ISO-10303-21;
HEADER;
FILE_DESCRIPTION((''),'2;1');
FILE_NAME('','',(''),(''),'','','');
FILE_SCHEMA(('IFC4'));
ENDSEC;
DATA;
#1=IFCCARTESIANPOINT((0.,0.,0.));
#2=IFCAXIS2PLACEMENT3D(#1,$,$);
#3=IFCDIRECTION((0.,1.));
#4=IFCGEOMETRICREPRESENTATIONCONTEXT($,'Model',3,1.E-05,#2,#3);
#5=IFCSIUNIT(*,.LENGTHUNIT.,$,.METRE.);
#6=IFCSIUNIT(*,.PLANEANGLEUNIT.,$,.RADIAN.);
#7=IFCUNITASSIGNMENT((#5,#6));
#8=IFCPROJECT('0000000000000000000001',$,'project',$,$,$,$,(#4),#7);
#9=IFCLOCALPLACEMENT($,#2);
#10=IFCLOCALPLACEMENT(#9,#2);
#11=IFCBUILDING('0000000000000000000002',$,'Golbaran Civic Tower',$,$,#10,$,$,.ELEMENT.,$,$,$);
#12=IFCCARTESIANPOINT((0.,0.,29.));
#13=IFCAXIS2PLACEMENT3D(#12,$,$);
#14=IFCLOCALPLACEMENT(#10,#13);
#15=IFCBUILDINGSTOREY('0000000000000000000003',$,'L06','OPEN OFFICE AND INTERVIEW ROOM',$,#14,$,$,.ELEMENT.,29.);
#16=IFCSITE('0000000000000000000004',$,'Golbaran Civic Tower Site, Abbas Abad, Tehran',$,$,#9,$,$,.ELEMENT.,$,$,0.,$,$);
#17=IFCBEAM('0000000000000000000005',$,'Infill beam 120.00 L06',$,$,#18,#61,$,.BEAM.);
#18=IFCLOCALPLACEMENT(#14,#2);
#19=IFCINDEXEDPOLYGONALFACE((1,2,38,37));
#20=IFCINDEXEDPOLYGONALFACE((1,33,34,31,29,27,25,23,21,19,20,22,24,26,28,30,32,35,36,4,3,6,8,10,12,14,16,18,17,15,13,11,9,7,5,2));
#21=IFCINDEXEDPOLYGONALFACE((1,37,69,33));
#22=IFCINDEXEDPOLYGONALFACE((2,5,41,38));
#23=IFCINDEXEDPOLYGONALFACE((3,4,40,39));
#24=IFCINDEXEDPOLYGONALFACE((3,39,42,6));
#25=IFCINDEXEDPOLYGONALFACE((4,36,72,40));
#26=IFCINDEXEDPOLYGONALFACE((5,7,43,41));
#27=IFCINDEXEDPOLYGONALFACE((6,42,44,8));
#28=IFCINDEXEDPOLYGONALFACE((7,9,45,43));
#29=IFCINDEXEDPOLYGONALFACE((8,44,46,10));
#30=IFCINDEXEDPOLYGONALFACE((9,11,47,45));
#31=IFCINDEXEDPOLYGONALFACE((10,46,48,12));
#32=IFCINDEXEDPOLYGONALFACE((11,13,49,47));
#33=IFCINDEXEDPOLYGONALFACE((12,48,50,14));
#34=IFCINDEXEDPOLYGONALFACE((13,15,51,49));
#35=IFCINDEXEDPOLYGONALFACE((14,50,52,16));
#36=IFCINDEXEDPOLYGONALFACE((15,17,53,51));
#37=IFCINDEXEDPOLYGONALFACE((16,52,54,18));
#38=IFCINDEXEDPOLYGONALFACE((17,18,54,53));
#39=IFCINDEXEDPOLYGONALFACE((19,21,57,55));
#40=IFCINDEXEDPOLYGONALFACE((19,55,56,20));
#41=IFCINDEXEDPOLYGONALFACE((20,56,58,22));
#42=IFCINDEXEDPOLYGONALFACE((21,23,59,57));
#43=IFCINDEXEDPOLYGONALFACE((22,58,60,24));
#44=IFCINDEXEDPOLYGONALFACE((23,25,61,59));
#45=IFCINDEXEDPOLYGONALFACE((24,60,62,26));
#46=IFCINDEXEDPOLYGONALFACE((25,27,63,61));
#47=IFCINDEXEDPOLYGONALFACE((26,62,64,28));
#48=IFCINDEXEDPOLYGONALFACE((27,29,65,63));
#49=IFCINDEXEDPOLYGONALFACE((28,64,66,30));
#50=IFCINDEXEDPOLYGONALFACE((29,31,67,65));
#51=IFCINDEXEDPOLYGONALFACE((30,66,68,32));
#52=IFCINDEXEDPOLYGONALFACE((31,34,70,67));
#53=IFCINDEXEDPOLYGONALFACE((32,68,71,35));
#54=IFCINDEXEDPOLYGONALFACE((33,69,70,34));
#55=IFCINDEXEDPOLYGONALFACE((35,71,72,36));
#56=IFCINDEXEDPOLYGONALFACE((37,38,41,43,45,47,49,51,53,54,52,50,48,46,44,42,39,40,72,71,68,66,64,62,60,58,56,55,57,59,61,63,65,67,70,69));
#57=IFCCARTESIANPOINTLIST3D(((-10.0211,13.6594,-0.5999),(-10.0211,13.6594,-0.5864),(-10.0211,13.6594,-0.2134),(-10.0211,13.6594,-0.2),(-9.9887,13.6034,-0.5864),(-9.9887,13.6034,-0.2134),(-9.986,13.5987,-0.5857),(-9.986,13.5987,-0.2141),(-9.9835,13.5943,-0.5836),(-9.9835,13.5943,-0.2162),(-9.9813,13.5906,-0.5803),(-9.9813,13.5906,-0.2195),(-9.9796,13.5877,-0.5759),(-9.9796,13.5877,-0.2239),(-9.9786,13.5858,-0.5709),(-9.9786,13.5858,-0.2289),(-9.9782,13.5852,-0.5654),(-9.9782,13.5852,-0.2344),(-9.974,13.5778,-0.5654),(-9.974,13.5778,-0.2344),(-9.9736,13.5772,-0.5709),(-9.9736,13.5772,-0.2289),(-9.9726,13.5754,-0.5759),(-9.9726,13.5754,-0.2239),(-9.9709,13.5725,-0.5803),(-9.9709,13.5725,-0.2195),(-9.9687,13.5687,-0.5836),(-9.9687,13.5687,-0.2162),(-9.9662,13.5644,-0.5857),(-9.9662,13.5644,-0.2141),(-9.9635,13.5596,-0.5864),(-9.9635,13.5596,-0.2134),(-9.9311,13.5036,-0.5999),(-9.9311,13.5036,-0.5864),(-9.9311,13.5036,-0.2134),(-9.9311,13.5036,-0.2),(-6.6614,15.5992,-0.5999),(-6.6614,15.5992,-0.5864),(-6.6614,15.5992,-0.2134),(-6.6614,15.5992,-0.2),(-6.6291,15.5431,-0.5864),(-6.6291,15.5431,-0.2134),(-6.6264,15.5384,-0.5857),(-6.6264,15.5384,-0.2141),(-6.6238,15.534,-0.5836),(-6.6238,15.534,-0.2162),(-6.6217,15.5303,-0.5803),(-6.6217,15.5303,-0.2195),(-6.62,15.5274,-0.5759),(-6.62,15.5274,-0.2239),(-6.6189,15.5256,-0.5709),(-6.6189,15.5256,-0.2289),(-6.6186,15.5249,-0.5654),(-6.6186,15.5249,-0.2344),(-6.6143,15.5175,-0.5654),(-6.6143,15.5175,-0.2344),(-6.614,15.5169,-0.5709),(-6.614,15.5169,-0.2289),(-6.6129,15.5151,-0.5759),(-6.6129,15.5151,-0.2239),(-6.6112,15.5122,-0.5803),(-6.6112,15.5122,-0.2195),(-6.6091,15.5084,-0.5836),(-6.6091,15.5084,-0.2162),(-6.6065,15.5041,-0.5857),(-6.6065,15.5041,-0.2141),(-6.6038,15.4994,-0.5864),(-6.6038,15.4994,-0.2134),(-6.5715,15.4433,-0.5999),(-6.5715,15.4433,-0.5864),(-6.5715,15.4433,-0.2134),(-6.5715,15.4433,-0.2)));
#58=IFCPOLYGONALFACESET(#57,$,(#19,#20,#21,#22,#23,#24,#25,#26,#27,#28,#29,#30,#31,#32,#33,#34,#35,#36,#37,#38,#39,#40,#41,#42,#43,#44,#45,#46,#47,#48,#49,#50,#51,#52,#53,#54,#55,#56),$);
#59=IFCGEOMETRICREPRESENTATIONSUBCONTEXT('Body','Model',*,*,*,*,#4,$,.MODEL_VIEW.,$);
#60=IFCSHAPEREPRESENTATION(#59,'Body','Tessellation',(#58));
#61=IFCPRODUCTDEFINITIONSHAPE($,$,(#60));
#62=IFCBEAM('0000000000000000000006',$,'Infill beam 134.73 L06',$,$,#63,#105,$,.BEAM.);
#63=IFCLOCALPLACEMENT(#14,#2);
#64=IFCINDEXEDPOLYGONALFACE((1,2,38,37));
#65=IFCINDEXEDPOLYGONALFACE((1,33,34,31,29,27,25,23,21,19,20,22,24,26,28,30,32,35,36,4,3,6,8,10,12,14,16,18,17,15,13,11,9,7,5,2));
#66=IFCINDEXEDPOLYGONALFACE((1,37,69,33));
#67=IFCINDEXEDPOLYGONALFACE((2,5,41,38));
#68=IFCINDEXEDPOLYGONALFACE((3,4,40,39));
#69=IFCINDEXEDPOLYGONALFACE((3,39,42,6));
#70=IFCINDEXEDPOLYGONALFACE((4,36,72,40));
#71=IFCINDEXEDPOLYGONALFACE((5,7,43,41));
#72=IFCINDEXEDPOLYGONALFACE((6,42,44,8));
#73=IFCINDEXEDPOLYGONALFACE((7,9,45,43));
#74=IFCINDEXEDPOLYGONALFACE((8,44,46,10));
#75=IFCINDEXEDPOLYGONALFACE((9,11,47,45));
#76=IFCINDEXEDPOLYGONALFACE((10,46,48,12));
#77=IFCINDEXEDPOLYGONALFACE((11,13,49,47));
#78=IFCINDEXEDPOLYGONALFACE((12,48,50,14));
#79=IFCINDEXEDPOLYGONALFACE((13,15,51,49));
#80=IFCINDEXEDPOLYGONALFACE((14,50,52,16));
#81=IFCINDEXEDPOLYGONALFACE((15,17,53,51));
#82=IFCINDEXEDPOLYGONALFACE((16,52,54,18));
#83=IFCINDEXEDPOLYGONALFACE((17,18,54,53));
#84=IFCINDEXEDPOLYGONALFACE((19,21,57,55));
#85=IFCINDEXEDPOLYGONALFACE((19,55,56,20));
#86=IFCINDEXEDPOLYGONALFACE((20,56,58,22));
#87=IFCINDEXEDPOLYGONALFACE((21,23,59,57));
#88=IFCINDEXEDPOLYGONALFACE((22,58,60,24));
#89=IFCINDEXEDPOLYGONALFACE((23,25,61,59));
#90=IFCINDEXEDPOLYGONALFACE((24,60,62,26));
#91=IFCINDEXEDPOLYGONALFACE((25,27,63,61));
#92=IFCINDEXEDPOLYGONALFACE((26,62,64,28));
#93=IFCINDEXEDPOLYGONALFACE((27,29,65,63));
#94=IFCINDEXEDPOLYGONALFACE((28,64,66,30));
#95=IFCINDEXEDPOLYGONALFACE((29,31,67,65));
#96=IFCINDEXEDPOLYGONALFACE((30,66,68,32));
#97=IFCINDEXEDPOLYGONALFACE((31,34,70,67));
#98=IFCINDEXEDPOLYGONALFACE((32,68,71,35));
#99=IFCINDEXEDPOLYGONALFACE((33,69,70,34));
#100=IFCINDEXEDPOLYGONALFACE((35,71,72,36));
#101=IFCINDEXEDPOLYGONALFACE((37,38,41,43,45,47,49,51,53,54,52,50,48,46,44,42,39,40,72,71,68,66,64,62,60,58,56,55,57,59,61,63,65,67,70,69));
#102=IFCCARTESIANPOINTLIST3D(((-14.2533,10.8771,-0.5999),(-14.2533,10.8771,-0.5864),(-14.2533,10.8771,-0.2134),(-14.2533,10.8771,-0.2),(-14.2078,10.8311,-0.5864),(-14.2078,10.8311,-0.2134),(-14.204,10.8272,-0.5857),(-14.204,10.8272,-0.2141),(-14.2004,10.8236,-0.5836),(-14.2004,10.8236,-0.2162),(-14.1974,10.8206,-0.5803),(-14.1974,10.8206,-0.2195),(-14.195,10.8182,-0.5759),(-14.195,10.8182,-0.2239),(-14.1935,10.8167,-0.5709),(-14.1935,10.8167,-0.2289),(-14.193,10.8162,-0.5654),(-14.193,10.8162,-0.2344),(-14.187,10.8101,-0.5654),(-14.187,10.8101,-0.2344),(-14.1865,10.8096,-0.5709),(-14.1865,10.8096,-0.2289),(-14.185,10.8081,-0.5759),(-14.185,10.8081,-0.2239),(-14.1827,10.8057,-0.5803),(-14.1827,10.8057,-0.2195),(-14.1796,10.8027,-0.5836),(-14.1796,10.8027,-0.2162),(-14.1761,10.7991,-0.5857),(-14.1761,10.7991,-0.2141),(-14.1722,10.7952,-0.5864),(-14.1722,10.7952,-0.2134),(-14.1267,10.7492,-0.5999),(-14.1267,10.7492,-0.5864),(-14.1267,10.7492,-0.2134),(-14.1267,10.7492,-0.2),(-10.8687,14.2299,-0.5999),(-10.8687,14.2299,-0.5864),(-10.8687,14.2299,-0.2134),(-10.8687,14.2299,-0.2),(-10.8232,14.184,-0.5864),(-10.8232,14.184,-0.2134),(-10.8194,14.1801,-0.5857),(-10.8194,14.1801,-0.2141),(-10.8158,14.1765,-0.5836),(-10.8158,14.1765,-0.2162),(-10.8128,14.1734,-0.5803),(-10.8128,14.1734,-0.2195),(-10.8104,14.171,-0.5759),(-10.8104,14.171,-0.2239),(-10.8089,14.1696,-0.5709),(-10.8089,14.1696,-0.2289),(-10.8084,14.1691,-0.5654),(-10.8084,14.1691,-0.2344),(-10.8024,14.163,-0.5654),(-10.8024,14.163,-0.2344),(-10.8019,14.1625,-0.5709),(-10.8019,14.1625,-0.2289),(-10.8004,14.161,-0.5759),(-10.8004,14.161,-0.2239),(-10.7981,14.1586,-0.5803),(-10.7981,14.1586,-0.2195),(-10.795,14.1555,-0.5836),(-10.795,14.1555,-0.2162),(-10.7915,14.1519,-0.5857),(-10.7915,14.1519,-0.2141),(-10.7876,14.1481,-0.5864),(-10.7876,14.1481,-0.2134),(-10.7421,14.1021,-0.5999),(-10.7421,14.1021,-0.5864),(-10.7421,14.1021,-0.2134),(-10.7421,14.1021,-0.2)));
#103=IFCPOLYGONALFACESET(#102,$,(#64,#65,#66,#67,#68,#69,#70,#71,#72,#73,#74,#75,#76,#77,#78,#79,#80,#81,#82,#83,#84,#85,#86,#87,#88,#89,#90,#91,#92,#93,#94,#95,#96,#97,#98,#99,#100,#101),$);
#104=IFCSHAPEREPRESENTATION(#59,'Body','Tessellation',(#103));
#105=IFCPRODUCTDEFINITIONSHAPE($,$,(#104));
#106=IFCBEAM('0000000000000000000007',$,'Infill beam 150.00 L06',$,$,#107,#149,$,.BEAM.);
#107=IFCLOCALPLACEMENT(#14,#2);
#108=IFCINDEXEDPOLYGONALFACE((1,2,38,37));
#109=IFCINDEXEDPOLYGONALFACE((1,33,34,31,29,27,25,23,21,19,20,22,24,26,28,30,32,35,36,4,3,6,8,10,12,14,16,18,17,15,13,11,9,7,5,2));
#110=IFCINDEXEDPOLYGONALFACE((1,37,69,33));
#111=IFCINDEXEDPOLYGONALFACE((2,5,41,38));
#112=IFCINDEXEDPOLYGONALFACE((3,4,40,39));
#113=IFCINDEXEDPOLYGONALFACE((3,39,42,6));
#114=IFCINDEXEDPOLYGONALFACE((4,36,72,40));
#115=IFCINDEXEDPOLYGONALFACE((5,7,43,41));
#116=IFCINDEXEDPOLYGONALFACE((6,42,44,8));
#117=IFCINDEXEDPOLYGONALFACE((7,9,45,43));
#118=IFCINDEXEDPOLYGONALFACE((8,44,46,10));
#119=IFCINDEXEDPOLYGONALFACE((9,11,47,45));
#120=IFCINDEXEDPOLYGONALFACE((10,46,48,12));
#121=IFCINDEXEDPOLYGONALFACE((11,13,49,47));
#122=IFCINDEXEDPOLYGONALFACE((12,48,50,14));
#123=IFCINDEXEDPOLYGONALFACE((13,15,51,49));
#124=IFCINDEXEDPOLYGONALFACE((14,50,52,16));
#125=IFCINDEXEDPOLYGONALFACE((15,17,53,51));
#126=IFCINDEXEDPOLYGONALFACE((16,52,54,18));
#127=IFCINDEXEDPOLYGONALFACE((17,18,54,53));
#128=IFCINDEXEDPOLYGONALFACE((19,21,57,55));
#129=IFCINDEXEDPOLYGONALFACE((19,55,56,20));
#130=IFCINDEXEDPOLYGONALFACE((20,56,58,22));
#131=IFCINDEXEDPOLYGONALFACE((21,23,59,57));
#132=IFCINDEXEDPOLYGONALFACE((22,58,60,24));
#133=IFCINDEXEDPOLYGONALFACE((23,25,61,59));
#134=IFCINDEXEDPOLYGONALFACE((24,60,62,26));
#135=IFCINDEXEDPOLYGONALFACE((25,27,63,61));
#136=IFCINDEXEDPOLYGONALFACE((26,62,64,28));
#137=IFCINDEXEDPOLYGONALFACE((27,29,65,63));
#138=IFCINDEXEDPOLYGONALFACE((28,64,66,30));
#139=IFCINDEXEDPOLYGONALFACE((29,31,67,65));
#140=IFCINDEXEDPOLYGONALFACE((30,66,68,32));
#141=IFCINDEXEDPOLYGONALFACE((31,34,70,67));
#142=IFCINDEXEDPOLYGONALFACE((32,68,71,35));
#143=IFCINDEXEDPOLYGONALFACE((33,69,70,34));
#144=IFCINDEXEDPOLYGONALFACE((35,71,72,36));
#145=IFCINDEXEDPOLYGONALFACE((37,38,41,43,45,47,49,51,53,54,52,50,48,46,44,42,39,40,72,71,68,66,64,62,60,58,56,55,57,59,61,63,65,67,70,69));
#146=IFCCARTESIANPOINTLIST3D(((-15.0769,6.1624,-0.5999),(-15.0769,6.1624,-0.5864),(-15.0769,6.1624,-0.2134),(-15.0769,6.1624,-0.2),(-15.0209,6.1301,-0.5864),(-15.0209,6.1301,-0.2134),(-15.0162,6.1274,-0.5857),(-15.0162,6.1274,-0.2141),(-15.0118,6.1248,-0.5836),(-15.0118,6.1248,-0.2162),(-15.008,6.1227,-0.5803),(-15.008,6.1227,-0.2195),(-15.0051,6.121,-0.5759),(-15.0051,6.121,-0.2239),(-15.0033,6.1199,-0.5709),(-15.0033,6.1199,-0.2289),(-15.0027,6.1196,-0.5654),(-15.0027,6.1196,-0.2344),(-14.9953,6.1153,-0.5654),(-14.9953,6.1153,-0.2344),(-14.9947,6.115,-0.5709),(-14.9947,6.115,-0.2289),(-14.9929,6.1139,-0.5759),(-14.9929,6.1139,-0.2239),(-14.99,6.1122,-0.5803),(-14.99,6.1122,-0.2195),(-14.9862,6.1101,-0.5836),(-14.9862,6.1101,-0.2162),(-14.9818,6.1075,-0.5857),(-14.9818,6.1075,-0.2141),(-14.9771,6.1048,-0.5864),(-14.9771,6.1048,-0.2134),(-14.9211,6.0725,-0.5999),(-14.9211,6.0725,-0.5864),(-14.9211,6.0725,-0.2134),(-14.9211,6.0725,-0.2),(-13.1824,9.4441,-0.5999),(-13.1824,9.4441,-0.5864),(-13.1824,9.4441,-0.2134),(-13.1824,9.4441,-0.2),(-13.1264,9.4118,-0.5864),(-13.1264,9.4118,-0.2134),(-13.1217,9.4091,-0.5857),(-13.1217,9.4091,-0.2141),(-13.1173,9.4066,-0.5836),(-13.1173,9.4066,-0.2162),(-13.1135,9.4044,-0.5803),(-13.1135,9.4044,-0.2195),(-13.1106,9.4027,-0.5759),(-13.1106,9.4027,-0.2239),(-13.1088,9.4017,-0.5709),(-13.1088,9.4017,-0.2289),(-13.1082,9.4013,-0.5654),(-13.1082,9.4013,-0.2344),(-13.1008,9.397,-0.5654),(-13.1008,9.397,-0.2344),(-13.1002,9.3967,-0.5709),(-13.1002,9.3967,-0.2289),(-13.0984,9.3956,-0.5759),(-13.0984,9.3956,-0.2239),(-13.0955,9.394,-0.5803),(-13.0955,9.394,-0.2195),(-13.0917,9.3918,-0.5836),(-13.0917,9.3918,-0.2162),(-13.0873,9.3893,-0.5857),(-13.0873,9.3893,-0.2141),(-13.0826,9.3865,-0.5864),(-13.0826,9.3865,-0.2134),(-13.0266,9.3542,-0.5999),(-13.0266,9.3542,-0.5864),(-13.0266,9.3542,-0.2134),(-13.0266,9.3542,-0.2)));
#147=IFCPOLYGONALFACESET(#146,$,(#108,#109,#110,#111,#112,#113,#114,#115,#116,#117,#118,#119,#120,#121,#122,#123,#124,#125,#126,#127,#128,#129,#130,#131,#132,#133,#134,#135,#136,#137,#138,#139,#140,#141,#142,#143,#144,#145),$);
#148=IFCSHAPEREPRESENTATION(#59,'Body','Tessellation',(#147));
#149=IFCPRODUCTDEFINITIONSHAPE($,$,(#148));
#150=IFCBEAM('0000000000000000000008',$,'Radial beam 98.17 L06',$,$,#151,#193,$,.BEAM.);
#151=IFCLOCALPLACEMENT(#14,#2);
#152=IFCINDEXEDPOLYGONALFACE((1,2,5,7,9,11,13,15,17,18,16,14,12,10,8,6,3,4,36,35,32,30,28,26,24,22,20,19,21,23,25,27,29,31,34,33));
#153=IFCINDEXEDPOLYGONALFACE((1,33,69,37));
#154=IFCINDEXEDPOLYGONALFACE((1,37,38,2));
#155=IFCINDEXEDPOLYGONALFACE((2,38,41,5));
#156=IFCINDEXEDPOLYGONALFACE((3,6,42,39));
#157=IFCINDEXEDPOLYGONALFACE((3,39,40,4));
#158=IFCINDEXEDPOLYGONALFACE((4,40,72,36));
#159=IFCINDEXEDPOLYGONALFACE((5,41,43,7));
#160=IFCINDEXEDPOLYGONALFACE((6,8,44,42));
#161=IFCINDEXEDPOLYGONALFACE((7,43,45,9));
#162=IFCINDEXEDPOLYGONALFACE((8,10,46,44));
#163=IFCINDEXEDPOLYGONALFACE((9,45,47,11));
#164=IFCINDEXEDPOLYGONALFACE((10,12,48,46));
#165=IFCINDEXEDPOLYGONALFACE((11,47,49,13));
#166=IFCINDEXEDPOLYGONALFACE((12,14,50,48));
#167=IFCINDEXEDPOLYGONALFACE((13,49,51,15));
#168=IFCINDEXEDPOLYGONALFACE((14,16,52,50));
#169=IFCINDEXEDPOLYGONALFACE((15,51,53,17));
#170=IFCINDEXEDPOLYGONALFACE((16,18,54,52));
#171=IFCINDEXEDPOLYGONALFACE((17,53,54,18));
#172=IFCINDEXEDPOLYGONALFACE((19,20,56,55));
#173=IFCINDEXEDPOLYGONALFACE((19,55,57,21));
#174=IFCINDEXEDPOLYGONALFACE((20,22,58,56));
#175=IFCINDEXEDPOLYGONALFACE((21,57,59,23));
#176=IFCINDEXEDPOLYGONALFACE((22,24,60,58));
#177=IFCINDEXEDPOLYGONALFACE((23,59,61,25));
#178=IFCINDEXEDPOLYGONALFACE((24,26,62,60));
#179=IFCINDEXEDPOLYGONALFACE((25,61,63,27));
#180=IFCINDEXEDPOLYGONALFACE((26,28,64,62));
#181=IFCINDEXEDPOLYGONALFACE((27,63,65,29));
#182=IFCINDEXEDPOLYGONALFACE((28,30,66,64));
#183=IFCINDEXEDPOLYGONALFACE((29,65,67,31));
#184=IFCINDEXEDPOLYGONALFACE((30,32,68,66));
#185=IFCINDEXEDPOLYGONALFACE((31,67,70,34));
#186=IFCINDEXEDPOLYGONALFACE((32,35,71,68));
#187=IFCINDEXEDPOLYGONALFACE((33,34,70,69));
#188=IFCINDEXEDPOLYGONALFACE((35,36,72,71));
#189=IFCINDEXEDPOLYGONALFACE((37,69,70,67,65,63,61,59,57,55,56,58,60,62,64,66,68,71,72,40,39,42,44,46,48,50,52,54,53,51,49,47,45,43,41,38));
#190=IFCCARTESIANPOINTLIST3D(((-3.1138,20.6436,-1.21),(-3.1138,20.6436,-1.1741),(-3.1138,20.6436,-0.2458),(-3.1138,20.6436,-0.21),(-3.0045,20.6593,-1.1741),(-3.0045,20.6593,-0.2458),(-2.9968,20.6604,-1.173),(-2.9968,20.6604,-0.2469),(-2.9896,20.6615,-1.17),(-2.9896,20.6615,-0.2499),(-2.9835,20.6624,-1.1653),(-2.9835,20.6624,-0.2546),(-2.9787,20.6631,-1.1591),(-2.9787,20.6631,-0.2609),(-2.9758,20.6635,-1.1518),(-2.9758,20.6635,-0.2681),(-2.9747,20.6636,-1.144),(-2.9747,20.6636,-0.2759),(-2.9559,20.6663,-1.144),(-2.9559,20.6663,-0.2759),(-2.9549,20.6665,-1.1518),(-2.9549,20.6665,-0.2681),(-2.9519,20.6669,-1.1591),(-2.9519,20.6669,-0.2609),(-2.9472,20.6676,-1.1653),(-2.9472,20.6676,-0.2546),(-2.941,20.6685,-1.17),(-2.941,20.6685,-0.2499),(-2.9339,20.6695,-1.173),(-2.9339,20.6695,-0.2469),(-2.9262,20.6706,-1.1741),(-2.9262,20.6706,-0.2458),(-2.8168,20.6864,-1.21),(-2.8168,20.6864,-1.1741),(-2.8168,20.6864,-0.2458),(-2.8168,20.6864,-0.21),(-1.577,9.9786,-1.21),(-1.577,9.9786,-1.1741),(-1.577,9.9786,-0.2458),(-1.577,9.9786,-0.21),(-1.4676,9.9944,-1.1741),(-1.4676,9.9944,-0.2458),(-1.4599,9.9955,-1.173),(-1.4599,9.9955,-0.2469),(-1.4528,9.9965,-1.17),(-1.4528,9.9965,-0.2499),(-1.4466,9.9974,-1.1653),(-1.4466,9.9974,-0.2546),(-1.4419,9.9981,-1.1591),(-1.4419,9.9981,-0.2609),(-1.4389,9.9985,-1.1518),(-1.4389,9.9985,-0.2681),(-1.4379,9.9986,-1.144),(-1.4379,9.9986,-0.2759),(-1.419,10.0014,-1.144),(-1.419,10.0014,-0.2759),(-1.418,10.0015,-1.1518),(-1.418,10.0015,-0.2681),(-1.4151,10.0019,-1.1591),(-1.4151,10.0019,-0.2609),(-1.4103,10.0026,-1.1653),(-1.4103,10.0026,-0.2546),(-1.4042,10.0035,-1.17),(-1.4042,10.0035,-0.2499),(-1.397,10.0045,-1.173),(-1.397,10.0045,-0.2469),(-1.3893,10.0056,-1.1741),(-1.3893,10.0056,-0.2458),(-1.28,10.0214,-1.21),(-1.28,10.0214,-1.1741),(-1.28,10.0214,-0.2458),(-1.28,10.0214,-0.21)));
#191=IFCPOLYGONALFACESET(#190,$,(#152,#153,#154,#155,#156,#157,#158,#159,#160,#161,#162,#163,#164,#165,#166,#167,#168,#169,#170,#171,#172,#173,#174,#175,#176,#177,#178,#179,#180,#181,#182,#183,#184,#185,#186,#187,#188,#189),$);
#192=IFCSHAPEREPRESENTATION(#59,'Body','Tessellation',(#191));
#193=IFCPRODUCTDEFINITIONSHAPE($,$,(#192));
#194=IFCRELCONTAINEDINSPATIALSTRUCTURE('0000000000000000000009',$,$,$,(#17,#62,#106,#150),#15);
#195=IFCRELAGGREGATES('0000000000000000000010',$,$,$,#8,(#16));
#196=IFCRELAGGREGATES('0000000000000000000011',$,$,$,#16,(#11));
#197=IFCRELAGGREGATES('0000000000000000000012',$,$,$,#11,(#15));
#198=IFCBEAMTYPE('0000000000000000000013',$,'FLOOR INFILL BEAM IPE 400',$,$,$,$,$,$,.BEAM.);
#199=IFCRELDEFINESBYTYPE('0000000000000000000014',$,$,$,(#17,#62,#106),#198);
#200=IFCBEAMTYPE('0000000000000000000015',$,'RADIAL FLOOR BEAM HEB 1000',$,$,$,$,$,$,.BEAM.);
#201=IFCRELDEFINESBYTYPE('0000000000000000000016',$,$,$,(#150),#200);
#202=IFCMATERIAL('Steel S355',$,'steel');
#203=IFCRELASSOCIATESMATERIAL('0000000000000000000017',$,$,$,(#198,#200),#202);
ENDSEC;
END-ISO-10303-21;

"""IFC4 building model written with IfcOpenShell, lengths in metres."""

from ifc_helpers import new_model, si_unit, direction, frame, origin, origin_2d, place, context, subcontext, project, spatial, i_section, extrude, material, material_profile, profile_set, type_object, element, save


model = new_model("IFC4")

# Units and contexts
model_context = context("Model", 3, precision=1e-05, world=origin(), true_north=direction((0.0, 1.0)))
body_context = subcontext(model_context, "Body", "Model", "MODEL_VIEW")
ifc_project = project(units=[si_unit("LENGTHUNIT", "METRE"), si_unit("PLANEANGLEUNIT", "RADIAN")], contexts=[model_context])

# Site, building, storey
site_placement = place(None, origin())
site = spatial("IfcSite", under=ifc_project, at=site_placement, Name="Golbaran Civic Tower Site, Abbas Abad, Tehran", CompositionType="ELEMENT", RefElevation=0.0)
building_placement = place(site_placement, origin())
building = spatial("IfcBuilding", under=site, at=building_placement, Name="Golbaran Civic Tower", CompositionType="ELEMENT")
storey_placement = place(building_placement, frame((0.0, 0.0, 29.0)))
storey = spatial("IfcBuildingStorey", under=building, at=storey_placement, Name="L06", Description="OPEN OFFICE AND INTERVIEW ROOM", CompositionType="ELEMENT", Elevation=29.0)

# Beams
ifc_material_1 = material(Name="Steel S355", Category="steel")
ifc_material_profile_1 = material_profile(ifc_material_1, i_section(OverallWidth=0.1799, OverallDepth=0.3999, WebThickness=0.0085, FlangeThickness=0.0134, FilletRadius=0.021, at=origin_2d()), Name="IPE 400")
ifc_profile_set_1 = profile_set([ifc_material_profile_1], Name="Steel S355")
beam_type_1 = type_object("IfcBeamType", Name="FLOOR INFILL BEAM IPE 400", PredefinedType="BEAM", material=ifc_profile_set_1)
beam_1_placement = place(storey_placement, frame((-6.6165, 15.5212, -0.3999), z_axis=(-0.866023, -0.500004, 0.0), x_axis=(0.500004, -0.866023, 0.0)))
element("IfcBeam", 1, at=beam_1_placement, inside=storey, type_object=beam_type_1, Name="Infill beam 120.00 L06", PredefinedType="BEAM", context=body_context, shape_type="SweptSolid", body=[
    extrude(i_section(OverallWidth=0.1799, OverallDepth=0.3999, WebThickness=0.0085, FlangeThickness=0.0134, FilletRadius=0.021, at=origin_2d()), origin(), (0.0, 0.0, 1.0), 3.8794),
])
beam_2_placement = place(storey_placement, frame((-10.8054, 14.166, -0.3999), z_axis=(-0.71043, -0.703768, 0.0), x_axis=(0.703768, -0.71043, 0.0)))
element("IfcBeam", 2, at=beam_2_placement, inside=storey, type_object=beam_type_1, Name="Infill beam 134.73 L06", PredefinedType="BEAM", context=body_context, shape_type="SweptSolid", body=[
    extrude(i_section(OverallWidth=0.1799, OverallDepth=0.3999, WebThickness=0.0085, FlangeThickness=0.0134, FilletRadius=0.021, at=origin_2d()), origin(), (0.0, 0.0, 1.0), 4.7642),
])
beam_3_placement = place(storey_placement, frame((-13.1045, 9.3992, -0.3999), z_axis=(-0.499964, -0.866046, 0.0), x_axis=(0.866046, -0.499964, 0.0)))
element("IfcBeam", 3, at=beam_3_placement, inside=storey, type_object=beam_type_1, Name="Infill beam 150.00 L06", PredefinedType="BEAM", context=body_context, shape_type="SweptSolid", body=[
    extrude(i_section(OverallWidth=0.1799, OverallDepth=0.3999, WebThickness=0.0085, FlangeThickness=0.0134, FilletRadius=0.021, at=origin_2d()), origin(), (0.0, 0.0, 1.0), 3.7893),
])
ifc_material_profile_2 = material_profile(ifc_material_1, i_section(OverallWidth=0.3, OverallDepth=1.0, WebThickness=0.019, FlangeThickness=0.0359, FilletRadius=0.03, at=origin_2d()), Name="HEB 1000")
ifc_profile_set_2 = profile_set([ifc_material_profile_2], Name="Steel S355")
beam_type_2 = type_object("IfcBeamType", Name="RADIAL FLOOR BEAM HEB 1000", PredefinedType="BEAM", material=ifc_profile_set_2)
beam_4_placement = place(storey_placement, frame((-1.4285, 10.0, -0.71), z_axis=(-0.14263, 0.989776, 0.0), x_axis=(-0.989776, -0.14263, 0.0)))
element("IfcBeam", 4, at=beam_4_placement, inside=storey, type_object=beam_type_2, Name="Radial beam 98.17 L06", PredefinedType="BEAM", context=body_context, shape_type="SweptSolid", body=[
    extrude(i_section(OverallWidth=0.3, OverallDepth=1.0, WebThickness=0.019, FlangeThickness=0.0359, FilletRadius=0.03, at=origin_2d()), origin(), (0.0, 0.0, 1.0), 10.7751),
])

save(model, "model.ifc")
